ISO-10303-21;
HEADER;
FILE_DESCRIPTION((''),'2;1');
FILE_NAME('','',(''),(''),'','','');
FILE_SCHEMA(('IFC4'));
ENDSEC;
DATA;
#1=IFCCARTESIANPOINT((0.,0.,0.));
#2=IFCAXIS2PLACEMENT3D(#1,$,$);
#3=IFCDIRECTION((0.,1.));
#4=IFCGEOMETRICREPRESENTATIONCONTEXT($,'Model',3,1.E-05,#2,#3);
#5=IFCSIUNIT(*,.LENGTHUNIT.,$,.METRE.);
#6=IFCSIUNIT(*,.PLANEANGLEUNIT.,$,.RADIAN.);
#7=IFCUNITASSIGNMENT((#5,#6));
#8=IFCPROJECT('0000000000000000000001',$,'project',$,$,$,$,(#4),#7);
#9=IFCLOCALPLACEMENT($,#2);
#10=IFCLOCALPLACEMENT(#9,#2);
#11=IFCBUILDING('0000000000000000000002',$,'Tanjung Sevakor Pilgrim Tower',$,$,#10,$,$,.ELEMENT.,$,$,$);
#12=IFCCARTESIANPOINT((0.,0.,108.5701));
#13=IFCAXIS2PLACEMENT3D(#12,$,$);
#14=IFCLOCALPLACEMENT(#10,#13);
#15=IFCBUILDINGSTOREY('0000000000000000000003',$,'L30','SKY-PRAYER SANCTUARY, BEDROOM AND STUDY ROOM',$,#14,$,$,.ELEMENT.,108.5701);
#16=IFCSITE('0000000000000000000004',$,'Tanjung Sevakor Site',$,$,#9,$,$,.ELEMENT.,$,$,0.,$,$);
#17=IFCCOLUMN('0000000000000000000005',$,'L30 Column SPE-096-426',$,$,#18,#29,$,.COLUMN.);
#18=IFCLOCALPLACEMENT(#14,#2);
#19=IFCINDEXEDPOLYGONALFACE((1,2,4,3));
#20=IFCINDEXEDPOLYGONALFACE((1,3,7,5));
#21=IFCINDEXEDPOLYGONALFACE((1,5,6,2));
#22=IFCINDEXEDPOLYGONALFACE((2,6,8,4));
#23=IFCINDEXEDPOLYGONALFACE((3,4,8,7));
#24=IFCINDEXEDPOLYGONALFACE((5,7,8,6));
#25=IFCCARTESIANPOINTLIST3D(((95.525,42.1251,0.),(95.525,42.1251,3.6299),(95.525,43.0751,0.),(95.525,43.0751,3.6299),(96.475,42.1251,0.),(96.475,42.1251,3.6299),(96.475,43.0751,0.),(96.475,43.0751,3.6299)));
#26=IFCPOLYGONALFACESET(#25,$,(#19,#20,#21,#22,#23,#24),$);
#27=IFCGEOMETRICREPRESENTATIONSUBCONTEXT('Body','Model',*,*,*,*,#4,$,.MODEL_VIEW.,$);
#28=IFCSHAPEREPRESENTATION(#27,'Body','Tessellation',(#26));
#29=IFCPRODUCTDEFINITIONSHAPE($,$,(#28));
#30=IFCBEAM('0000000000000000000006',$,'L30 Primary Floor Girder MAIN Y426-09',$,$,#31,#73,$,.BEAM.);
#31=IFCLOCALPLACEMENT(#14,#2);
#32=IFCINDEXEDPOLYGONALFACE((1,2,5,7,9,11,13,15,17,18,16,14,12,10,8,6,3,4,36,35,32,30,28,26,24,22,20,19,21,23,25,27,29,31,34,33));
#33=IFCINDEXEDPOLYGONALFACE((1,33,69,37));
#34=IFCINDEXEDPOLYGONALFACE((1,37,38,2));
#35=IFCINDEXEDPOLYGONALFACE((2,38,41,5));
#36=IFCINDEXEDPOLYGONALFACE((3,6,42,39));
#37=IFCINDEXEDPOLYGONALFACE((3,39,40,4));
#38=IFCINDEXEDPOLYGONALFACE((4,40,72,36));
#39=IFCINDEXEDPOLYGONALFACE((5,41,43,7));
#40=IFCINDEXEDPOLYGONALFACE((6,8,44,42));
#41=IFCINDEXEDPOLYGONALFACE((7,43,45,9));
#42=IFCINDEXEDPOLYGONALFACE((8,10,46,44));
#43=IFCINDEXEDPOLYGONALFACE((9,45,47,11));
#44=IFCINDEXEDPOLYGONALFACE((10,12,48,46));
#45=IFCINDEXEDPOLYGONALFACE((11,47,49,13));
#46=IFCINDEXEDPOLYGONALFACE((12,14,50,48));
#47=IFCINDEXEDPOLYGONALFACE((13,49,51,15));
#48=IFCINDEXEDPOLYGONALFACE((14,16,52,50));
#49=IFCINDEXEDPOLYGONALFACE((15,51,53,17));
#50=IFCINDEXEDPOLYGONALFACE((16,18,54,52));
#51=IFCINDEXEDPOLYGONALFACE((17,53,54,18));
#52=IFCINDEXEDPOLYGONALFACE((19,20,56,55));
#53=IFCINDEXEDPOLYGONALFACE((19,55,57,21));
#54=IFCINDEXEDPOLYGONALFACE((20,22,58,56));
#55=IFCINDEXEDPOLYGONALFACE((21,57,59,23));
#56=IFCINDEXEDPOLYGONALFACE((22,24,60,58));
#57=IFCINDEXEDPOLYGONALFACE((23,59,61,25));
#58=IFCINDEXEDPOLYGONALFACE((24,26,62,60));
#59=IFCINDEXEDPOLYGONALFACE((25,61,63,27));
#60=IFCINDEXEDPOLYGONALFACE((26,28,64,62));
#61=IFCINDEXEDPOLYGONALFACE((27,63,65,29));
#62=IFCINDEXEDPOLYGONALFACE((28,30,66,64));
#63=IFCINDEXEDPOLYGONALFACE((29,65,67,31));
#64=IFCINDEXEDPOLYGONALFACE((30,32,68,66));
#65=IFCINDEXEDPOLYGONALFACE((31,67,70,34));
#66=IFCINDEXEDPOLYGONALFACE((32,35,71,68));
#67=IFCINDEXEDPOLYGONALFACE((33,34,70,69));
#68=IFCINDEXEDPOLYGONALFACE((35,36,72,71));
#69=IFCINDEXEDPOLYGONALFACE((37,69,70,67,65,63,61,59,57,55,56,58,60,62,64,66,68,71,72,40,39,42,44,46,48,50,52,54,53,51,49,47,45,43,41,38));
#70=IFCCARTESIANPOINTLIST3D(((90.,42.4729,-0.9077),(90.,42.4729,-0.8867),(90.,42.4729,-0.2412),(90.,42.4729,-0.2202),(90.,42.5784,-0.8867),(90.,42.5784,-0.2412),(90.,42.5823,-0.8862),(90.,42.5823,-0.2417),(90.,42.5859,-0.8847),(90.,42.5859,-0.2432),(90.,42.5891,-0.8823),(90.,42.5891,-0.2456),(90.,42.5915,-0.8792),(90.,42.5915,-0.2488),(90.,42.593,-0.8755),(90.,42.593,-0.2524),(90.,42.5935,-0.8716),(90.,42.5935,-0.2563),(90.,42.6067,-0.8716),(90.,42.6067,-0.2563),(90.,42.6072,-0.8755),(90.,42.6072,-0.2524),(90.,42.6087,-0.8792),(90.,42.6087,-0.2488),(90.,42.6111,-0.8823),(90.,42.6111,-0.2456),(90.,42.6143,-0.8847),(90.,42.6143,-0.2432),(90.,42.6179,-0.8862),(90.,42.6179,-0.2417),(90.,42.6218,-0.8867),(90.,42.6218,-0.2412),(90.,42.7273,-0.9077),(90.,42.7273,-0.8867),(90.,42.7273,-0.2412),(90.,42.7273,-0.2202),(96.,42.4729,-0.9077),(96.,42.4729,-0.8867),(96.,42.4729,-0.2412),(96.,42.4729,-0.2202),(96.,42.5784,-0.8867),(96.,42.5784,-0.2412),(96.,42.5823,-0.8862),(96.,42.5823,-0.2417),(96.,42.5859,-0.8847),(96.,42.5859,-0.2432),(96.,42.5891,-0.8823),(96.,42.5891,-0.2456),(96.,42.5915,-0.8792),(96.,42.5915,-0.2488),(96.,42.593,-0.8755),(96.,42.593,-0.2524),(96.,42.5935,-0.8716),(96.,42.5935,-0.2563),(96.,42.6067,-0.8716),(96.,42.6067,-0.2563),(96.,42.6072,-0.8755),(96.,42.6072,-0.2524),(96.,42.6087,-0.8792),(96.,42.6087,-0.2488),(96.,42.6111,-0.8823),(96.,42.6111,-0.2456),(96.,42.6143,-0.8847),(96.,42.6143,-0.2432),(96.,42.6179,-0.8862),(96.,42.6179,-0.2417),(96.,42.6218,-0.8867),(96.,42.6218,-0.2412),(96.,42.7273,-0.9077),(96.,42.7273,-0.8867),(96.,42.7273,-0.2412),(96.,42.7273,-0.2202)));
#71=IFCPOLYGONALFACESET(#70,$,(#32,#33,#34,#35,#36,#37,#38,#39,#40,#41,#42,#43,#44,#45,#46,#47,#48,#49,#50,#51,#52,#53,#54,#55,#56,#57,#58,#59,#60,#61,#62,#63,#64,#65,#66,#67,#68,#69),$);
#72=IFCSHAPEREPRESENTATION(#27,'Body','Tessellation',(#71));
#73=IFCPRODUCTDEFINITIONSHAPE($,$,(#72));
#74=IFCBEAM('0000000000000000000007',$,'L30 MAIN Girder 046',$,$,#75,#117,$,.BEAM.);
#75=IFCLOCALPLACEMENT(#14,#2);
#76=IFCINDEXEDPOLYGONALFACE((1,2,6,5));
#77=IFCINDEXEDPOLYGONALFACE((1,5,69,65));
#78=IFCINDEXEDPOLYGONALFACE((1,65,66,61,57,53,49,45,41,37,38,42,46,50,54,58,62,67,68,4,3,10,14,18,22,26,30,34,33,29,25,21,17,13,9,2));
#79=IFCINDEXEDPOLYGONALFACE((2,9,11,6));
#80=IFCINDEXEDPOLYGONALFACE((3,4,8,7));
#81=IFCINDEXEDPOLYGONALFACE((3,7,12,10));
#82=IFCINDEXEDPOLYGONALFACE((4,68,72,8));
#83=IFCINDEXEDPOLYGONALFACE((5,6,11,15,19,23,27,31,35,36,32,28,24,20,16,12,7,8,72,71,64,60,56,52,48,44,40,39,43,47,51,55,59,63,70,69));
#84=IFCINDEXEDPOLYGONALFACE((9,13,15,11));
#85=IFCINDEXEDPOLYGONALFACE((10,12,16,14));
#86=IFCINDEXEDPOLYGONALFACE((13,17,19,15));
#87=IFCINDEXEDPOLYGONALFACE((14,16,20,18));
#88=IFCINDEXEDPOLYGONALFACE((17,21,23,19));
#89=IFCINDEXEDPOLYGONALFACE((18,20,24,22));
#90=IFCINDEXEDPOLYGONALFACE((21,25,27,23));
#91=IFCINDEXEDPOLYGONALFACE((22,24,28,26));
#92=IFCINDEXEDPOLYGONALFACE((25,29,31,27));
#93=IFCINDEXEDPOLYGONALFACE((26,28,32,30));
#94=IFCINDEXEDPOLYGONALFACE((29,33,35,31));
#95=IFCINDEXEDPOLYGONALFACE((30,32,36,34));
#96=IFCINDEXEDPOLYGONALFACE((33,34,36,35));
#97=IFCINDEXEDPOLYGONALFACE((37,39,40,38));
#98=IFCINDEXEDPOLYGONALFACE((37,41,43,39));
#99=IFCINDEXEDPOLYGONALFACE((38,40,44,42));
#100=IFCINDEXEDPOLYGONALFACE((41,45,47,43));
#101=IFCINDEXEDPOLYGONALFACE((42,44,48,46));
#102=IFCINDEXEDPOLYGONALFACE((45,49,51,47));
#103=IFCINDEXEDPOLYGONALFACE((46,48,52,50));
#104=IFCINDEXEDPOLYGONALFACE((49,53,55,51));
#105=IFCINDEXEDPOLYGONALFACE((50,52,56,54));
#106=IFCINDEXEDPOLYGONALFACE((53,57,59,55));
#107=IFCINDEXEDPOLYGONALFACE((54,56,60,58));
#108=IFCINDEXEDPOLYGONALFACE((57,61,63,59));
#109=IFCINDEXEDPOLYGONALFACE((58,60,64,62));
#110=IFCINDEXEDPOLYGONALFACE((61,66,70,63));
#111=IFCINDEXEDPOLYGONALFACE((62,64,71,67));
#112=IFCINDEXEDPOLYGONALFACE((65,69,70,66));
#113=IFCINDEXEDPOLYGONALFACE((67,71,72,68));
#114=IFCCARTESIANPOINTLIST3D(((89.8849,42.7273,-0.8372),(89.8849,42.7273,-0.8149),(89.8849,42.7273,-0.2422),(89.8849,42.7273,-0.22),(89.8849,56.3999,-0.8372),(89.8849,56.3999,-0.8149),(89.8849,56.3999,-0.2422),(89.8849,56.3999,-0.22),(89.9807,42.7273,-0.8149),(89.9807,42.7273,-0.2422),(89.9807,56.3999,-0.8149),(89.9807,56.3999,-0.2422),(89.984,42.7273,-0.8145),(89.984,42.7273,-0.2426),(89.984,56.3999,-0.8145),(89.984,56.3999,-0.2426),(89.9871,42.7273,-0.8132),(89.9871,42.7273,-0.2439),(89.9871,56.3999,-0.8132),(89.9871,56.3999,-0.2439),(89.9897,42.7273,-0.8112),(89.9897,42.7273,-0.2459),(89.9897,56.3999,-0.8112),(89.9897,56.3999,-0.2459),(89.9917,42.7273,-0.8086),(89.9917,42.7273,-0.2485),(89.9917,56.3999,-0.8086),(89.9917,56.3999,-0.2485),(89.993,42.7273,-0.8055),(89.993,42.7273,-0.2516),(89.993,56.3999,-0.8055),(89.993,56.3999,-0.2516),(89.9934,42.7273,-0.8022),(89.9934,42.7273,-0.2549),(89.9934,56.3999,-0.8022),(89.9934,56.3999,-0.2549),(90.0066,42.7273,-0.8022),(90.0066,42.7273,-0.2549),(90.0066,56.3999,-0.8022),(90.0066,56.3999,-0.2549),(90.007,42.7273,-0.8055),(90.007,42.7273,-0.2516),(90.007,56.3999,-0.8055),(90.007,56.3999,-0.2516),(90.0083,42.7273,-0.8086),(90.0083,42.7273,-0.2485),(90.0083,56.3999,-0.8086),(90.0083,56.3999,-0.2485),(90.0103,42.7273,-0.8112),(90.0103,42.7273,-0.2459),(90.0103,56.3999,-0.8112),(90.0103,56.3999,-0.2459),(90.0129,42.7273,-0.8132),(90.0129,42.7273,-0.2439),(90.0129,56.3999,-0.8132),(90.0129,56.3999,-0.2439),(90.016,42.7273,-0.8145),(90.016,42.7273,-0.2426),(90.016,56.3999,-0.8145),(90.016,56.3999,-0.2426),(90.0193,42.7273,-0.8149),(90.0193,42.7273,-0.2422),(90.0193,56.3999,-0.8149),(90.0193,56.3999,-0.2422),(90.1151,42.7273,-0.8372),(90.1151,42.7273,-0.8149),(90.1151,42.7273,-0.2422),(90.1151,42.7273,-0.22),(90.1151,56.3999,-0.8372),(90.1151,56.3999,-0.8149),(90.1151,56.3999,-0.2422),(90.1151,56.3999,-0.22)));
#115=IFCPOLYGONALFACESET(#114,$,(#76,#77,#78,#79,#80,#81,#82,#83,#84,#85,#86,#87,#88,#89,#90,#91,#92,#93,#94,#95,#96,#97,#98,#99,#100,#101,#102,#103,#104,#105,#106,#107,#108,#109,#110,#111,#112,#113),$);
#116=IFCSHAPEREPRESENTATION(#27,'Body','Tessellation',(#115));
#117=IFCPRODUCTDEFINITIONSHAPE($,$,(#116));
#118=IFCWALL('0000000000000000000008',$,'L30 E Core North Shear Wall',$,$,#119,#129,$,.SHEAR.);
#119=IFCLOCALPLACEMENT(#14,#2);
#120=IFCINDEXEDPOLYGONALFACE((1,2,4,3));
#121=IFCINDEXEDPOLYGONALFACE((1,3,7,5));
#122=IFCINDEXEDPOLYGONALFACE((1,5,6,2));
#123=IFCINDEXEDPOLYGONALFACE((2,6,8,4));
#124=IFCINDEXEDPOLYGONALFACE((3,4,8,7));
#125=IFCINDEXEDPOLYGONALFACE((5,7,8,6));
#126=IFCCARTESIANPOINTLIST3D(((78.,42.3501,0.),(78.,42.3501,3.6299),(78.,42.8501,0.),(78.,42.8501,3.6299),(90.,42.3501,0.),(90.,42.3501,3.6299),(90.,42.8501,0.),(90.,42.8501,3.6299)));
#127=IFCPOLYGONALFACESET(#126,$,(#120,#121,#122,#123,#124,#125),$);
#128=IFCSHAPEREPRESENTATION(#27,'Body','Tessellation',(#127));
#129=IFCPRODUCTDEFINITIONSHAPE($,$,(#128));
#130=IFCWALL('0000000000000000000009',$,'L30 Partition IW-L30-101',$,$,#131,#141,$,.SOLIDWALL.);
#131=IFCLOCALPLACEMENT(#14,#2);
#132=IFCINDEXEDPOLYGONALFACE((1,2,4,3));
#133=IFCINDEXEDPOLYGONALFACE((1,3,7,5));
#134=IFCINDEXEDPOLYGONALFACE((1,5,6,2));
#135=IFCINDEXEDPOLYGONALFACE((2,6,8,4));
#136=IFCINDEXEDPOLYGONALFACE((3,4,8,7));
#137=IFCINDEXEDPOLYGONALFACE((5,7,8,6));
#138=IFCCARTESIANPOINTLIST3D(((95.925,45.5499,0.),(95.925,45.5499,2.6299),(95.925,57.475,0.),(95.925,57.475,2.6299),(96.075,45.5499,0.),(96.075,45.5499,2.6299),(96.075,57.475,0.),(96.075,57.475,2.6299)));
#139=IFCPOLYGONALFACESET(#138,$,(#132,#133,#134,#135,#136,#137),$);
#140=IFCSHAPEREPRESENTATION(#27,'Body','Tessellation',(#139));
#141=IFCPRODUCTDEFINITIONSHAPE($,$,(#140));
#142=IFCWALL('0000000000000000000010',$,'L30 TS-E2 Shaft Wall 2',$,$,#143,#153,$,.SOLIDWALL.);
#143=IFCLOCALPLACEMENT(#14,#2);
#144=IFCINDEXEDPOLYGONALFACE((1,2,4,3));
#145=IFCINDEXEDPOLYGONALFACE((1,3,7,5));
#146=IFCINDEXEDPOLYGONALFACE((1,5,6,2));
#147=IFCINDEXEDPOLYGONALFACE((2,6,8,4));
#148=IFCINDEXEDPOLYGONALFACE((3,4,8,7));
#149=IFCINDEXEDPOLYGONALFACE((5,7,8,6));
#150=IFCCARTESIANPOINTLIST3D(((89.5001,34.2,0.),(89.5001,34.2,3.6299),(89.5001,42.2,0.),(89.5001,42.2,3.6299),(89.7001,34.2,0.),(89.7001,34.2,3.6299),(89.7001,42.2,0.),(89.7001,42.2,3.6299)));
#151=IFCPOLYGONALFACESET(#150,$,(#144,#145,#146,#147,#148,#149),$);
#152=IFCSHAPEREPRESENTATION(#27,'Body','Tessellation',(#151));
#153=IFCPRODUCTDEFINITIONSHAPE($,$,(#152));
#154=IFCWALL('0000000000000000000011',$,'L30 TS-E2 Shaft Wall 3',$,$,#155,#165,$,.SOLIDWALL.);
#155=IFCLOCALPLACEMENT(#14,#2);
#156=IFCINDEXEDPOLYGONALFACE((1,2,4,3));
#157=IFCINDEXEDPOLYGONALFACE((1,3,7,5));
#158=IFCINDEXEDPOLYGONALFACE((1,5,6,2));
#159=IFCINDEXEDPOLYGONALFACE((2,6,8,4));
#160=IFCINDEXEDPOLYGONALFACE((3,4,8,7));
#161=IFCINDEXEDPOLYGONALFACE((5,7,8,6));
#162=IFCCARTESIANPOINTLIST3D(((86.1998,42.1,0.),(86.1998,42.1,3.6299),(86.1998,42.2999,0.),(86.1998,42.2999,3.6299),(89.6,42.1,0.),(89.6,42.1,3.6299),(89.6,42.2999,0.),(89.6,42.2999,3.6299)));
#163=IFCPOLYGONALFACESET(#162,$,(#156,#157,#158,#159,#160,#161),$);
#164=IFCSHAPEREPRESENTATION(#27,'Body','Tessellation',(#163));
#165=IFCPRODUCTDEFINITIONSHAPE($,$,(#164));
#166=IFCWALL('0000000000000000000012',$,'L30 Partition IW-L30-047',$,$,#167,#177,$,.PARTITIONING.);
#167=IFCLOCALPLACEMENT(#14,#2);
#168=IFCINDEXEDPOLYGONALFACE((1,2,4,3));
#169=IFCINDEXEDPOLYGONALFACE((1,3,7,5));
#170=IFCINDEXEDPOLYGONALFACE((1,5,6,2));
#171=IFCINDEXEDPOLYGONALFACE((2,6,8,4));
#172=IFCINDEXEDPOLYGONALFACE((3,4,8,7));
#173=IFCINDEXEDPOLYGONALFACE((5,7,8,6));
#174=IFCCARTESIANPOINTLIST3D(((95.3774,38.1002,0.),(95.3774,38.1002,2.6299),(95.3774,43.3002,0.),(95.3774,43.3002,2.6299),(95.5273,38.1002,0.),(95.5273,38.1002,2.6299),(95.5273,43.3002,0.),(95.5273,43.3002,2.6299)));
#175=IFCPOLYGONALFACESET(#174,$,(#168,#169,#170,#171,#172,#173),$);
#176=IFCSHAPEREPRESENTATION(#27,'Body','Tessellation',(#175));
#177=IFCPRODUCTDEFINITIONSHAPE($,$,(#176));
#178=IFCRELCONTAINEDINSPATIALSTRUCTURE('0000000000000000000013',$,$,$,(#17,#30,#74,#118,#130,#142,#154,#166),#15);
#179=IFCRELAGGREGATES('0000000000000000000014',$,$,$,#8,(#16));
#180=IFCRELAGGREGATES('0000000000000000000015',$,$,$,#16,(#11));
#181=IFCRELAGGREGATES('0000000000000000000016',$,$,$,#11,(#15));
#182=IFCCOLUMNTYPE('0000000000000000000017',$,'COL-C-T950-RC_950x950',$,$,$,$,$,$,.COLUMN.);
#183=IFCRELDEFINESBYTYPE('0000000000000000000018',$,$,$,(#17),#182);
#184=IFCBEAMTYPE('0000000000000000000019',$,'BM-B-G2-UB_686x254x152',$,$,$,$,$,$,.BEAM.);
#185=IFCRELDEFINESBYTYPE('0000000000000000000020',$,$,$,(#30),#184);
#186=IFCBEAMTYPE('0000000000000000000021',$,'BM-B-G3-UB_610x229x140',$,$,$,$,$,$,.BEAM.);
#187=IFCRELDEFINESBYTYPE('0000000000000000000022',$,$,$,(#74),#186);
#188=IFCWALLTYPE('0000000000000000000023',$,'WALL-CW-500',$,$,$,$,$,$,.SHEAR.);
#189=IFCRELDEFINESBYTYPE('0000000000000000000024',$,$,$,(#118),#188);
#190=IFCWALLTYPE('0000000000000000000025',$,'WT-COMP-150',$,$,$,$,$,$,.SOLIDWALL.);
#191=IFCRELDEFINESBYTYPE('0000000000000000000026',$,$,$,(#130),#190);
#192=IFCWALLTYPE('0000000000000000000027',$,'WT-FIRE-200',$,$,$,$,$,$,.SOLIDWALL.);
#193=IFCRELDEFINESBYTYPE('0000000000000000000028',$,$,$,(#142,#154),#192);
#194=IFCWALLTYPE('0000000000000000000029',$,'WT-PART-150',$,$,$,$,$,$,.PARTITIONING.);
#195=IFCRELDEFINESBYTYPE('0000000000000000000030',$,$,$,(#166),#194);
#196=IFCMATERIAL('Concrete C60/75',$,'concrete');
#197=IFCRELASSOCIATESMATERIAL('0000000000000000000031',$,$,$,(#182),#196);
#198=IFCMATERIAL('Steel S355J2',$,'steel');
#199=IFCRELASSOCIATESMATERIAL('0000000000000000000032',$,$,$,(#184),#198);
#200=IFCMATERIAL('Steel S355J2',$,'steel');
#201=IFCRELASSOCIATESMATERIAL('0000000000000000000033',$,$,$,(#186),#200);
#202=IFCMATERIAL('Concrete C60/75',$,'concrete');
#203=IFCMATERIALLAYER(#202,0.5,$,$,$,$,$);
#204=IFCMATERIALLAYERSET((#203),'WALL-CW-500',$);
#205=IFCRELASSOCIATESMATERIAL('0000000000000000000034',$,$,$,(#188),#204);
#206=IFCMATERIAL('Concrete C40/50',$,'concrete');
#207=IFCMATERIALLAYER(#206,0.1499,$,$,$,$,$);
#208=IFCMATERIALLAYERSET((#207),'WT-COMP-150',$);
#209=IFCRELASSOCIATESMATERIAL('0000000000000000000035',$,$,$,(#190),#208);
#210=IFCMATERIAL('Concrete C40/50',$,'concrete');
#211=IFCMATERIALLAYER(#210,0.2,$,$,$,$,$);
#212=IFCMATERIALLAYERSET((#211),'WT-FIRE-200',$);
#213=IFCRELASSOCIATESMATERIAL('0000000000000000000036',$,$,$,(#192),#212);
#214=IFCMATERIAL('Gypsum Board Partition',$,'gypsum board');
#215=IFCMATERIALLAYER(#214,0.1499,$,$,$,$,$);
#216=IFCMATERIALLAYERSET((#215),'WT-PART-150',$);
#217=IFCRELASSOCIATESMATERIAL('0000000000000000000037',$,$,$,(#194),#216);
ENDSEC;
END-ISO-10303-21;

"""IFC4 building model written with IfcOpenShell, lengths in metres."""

from ifc_helpers import new_model, si_unit, direction, frame, frame_2d, origin, origin_2d, place, context, subcontext, project, spatial, rectangle, i_section, extrude, material, layer, layer_set, material_profile, profile_set, type_object, element, save


model = new_model("IFC4")

# Units and contexts
model_context = context("Model", 3, precision=1e-05, world=origin(), true_north=direction((0.0, 1.0)))
body_context = subcontext(model_context, "Body", "Model", "MODEL_VIEW")
ifc_project = project(units=[si_unit("LENGTHUNIT", "METRE"), si_unit("PLANEANGLEUNIT", "RADIAN")], contexts=[model_context])

# Site, building, storey
site_placement = place(None, origin())
site = spatial("IfcSite", under=ifc_project, at=site_placement, Name="Tanjung Sevakor Site", CompositionType="ELEMENT", RefElevation=0.0)
building_placement = place(site_placement, origin())
building = spatial("IfcBuilding", under=site, at=building_placement, Name="Tanjung Sevakor Pilgrim Tower", CompositionType="ELEMENT")
storey_placement = place(building_placement, frame((0.0, 0.0, 108.5701)))
storey = spatial("IfcBuildingStorey", under=building, at=storey_placement, Name="L30", Description="SKY-PRAYER SANCTUARY, BEDROOM AND STUDY ROOM", CompositionType="ELEMENT", Elevation=108.5701)

# Column
ifc_material_1 = material(Name="Concrete C60/75", Category="concrete")
ifc_material_profile_1 = material_profile(ifc_material_1, rectangle(XDim=0.95, YDim=0.95, at=origin_2d()))
ifc_profile_set_1 = profile_set([ifc_material_profile_1], Name="Concrete C60/75")
column_type = type_object("IfcColumnType", Name="COL-C-T950-RC_950x950", PredefinedType="COLUMN", material=ifc_profile_set_1)
column_placement = place(storey_placement, frame((96.0, 42.6001, 0.0), z_axis=(0.0, 0.0, 1.0), x_axis=(1.0, 0.0, 0.0)))
element("IfcColumn", 1, at=column_placement, inside=storey, type_object=column_type, Name="L30 Column SPE-096-426", PredefinedType="COLUMN", context=body_context, shape_type="SweptSolid", body=[
    extrude(rectangle(XDim=0.95, YDim=0.95, at=origin_2d()), origin(), (0.0, 0.0, 1.0), 3.6299),
])

# Beams
ifc_material_2 = material(Name="Steel S355J2", Category="steel")
ifc_material_profile_2 = material_profile(ifc_material_2, i_section(OverallWidth=0.2544, OverallDepth=0.6875, WebThickness=0.0132, FlangeThickness=0.021, FilletRadius=0.0151, at=origin_2d()))
ifc_profile_set_2 = profile_set([ifc_material_profile_2], Name="Steel S355J2")
beam_type_1 = type_object("IfcBeamType", Name="BM-B-G2-UB_686x254x152", PredefinedType="BEAM", material=ifc_profile_set_2)
beam_1_placement = place(storey_placement, frame((90.0, 42.6001, -0.564), z_axis=(1.0, 0.0, 0.0), x_axis=(0.0, 1.0, 0.0)))
element("IfcBeam", 2, at=beam_1_placement, inside=storey, type_object=beam_type_1, Name="L30 Primary Floor Girder MAIN Y426-09", PredefinedType="BEAM", context=body_context, shape_type="SweptSolid", body=[
    extrude(i_section(OverallWidth=0.2544, OverallDepth=0.6875, WebThickness=0.0132, FlangeThickness=0.021, FilletRadius=0.0151, at=origin_2d()), origin(), (0.0, 0.0, 1.0), 6.0),
])
ifc_material_3 = material(Name="Steel S355J2", Category="steel")
ifc_material_profile_3 = material_profile(ifc_material_3, i_section(OverallWidth=0.2302, OverallDepth=0.6172, WebThickness=0.0132, FlangeThickness=0.0222, FilletRadius=0.0127, at=origin_2d()))
ifc_profile_set_3 = profile_set([ifc_material_profile_3], Name="Steel S355J2")
beam_type_2 = type_object("IfcBeamType", Name="BM-B-G3-UB_610x229x140", PredefinedType="BEAM", material=ifc_profile_set_3)
beam_2_placement = place(storey_placement, frame((90.0, 42.7273, -0.5286), z_axis=(0.0, 1.0, 0.0), x_axis=(-1.0, 0.0, 0.0)))
element("IfcBeam", 3, at=beam_2_placement, inside=storey, type_object=beam_type_2, Name="L30 MAIN Girder 046", PredefinedType="BEAM", context=body_context, shape_type="SweptSolid", body=[
    extrude(i_section(OverallWidth=0.2302, OverallDepth=0.6172, WebThickness=0.0132, FlangeThickness=0.0222, FilletRadius=0.0127, at=origin_2d()), origin(), (0.0, 0.0, 1.0), 13.6726),
])

# Walls
ifc_material_4 = material(Name="Concrete C60/75", Category="concrete")
ifc_layer_1 = layer(ifc_material_4, 0.5)
ifc_layer_set_1 = layer_set([ifc_layer_1], Name="WALL-CW-500")
wall_type_1 = type_object("IfcWallType", Name="WALL-CW-500", PredefinedType="SHEAR", material=ifc_layer_set_1)
wall_1_placement = place(storey_placement, frame((90.0, 42.6001, 0.0), z_axis=(0.0, 0.0, 1.0), x_axis=(-1.0, 0.0, 0.0)))
element("IfcWall", 4, at=wall_1_placement, inside=storey, type_object=wall_type_1, Name="L30 E Core North Shear Wall", PredefinedType="SHEAR", context=body_context, shape_type="SweptSolid", body=[
    extrude(rectangle(XDim=12.0, YDim=0.5, at=frame_2d((6.0, 0.0))), origin(), (0.0, 0.0, 1.0), 3.6299),
])
ifc_material_5 = material(Name="Concrete C40/50", Category="concrete")
ifc_layer_2 = layer(ifc_material_5, 0.1499)
ifc_layer_set_2 = layer_set([ifc_layer_2], Name="WT-COMP-150")
wall_type_2 = type_object("IfcWallType", Name="WT-COMP-150", PredefinedType="SOLIDWALL", material=ifc_layer_set_2)
wall_2_placement = place(storey_placement, frame((96.0, 45.55, 0.0), z_axis=(0.0, 0.0, 1.0), x_axis=(0.0, 1.0, 0.0)))
element("IfcWall", 5, at=wall_2_placement, inside=storey, type_object=wall_type_2, Name="L30 Partition IW-L30-101", PredefinedType="SOLIDWALL", context=body_context, shape_type="SweptSolid", body=[
    extrude(rectangle(XDim=11.925, YDim=0.1499, at=frame_2d((5.9624, 0.0))), origin(), (0.0, 0.0, 1.0), 2.6299),
])
ifc_material_6 = material(Name="Concrete C40/50", Category="concrete")
ifc_layer_3 = layer(ifc_material_6, 0.2)
ifc_layer_set_3 = layer_set([ifc_layer_3], Name="WT-FIRE-200")
wall_type_3 = type_object("IfcWallType", Name="WT-FIRE-200", PredefinedType="SOLIDWALL", material=ifc_layer_set_3)
wall_3_placement = place(storey_placement, frame((89.6001, 34.2, 0.0), z_axis=(0.0, 0.0, 1.0), x_axis=(0.0, 1.0, 0.0)))
element("IfcWall", 6, at=wall_3_placement, inside=storey, type_object=wall_type_3, Name="L30 TS-E2 Shaft Wall 2", PredefinedType="SOLIDWALL", context=body_context, shape_type="SweptSolid", body=[
    extrude(rectangle(XDim=8.0, YDim=0.2, at=frame_2d((4.0, 0.0))), origin(), (0.0, 0.0, 1.0), 3.6299),
])
wall_4_placement = place(storey_placement, frame((89.6001, 42.2, 0.0), z_axis=(0.0, 0.0, 1.0), x_axis=(-1.0, 0.0, 0.0)))
element("IfcWall", 7, at=wall_4_placement, inside=storey, type_object=wall_type_3, Name="L30 TS-E2 Shaft Wall 3", PredefinedType="SOLIDWALL", context=body_context, shape_type="SweptSolid", body=[
    extrude(rectangle(XDim=3.4001, YDim=0.2, at=frame_2d((1.7002, 0.0))), origin(), (0.0, 0.0, 1.0), 3.6299),
])
ifc_material_7 = material(Name="Gypsum Board Partition", Category="gypsum board")
ifc_layer_4 = layer(ifc_material_7, 0.1499)
ifc_layer_set_4 = layer_set([ifc_layer_4], Name="WT-PART-150")
wall_type_4 = type_object("IfcWallType", Name="WT-PART-150", PredefinedType="PARTITIONING", material=ifc_layer_set_4)
wall_5_placement = place(storey_placement, frame((95.4524, 38.1001, 0.0), z_axis=(0.0, 0.0, 1.0), x_axis=(0.0, 1.0, 0.0)))
element("IfcWall", 8, at=wall_5_placement, inside=storey, type_object=wall_type_4, Name="L30 Partition IW-L30-047", PredefinedType="PARTITIONING", context=body_context, shape_type="SweptSolid", body=[
    extrude(rectangle(XDim=5.2, YDim=0.1499, at=frame_2d((2.6001, 0.0))), origin(), (0.0, 0.0, 1.0), 2.6299),
])

save(model, "model.ifc")
